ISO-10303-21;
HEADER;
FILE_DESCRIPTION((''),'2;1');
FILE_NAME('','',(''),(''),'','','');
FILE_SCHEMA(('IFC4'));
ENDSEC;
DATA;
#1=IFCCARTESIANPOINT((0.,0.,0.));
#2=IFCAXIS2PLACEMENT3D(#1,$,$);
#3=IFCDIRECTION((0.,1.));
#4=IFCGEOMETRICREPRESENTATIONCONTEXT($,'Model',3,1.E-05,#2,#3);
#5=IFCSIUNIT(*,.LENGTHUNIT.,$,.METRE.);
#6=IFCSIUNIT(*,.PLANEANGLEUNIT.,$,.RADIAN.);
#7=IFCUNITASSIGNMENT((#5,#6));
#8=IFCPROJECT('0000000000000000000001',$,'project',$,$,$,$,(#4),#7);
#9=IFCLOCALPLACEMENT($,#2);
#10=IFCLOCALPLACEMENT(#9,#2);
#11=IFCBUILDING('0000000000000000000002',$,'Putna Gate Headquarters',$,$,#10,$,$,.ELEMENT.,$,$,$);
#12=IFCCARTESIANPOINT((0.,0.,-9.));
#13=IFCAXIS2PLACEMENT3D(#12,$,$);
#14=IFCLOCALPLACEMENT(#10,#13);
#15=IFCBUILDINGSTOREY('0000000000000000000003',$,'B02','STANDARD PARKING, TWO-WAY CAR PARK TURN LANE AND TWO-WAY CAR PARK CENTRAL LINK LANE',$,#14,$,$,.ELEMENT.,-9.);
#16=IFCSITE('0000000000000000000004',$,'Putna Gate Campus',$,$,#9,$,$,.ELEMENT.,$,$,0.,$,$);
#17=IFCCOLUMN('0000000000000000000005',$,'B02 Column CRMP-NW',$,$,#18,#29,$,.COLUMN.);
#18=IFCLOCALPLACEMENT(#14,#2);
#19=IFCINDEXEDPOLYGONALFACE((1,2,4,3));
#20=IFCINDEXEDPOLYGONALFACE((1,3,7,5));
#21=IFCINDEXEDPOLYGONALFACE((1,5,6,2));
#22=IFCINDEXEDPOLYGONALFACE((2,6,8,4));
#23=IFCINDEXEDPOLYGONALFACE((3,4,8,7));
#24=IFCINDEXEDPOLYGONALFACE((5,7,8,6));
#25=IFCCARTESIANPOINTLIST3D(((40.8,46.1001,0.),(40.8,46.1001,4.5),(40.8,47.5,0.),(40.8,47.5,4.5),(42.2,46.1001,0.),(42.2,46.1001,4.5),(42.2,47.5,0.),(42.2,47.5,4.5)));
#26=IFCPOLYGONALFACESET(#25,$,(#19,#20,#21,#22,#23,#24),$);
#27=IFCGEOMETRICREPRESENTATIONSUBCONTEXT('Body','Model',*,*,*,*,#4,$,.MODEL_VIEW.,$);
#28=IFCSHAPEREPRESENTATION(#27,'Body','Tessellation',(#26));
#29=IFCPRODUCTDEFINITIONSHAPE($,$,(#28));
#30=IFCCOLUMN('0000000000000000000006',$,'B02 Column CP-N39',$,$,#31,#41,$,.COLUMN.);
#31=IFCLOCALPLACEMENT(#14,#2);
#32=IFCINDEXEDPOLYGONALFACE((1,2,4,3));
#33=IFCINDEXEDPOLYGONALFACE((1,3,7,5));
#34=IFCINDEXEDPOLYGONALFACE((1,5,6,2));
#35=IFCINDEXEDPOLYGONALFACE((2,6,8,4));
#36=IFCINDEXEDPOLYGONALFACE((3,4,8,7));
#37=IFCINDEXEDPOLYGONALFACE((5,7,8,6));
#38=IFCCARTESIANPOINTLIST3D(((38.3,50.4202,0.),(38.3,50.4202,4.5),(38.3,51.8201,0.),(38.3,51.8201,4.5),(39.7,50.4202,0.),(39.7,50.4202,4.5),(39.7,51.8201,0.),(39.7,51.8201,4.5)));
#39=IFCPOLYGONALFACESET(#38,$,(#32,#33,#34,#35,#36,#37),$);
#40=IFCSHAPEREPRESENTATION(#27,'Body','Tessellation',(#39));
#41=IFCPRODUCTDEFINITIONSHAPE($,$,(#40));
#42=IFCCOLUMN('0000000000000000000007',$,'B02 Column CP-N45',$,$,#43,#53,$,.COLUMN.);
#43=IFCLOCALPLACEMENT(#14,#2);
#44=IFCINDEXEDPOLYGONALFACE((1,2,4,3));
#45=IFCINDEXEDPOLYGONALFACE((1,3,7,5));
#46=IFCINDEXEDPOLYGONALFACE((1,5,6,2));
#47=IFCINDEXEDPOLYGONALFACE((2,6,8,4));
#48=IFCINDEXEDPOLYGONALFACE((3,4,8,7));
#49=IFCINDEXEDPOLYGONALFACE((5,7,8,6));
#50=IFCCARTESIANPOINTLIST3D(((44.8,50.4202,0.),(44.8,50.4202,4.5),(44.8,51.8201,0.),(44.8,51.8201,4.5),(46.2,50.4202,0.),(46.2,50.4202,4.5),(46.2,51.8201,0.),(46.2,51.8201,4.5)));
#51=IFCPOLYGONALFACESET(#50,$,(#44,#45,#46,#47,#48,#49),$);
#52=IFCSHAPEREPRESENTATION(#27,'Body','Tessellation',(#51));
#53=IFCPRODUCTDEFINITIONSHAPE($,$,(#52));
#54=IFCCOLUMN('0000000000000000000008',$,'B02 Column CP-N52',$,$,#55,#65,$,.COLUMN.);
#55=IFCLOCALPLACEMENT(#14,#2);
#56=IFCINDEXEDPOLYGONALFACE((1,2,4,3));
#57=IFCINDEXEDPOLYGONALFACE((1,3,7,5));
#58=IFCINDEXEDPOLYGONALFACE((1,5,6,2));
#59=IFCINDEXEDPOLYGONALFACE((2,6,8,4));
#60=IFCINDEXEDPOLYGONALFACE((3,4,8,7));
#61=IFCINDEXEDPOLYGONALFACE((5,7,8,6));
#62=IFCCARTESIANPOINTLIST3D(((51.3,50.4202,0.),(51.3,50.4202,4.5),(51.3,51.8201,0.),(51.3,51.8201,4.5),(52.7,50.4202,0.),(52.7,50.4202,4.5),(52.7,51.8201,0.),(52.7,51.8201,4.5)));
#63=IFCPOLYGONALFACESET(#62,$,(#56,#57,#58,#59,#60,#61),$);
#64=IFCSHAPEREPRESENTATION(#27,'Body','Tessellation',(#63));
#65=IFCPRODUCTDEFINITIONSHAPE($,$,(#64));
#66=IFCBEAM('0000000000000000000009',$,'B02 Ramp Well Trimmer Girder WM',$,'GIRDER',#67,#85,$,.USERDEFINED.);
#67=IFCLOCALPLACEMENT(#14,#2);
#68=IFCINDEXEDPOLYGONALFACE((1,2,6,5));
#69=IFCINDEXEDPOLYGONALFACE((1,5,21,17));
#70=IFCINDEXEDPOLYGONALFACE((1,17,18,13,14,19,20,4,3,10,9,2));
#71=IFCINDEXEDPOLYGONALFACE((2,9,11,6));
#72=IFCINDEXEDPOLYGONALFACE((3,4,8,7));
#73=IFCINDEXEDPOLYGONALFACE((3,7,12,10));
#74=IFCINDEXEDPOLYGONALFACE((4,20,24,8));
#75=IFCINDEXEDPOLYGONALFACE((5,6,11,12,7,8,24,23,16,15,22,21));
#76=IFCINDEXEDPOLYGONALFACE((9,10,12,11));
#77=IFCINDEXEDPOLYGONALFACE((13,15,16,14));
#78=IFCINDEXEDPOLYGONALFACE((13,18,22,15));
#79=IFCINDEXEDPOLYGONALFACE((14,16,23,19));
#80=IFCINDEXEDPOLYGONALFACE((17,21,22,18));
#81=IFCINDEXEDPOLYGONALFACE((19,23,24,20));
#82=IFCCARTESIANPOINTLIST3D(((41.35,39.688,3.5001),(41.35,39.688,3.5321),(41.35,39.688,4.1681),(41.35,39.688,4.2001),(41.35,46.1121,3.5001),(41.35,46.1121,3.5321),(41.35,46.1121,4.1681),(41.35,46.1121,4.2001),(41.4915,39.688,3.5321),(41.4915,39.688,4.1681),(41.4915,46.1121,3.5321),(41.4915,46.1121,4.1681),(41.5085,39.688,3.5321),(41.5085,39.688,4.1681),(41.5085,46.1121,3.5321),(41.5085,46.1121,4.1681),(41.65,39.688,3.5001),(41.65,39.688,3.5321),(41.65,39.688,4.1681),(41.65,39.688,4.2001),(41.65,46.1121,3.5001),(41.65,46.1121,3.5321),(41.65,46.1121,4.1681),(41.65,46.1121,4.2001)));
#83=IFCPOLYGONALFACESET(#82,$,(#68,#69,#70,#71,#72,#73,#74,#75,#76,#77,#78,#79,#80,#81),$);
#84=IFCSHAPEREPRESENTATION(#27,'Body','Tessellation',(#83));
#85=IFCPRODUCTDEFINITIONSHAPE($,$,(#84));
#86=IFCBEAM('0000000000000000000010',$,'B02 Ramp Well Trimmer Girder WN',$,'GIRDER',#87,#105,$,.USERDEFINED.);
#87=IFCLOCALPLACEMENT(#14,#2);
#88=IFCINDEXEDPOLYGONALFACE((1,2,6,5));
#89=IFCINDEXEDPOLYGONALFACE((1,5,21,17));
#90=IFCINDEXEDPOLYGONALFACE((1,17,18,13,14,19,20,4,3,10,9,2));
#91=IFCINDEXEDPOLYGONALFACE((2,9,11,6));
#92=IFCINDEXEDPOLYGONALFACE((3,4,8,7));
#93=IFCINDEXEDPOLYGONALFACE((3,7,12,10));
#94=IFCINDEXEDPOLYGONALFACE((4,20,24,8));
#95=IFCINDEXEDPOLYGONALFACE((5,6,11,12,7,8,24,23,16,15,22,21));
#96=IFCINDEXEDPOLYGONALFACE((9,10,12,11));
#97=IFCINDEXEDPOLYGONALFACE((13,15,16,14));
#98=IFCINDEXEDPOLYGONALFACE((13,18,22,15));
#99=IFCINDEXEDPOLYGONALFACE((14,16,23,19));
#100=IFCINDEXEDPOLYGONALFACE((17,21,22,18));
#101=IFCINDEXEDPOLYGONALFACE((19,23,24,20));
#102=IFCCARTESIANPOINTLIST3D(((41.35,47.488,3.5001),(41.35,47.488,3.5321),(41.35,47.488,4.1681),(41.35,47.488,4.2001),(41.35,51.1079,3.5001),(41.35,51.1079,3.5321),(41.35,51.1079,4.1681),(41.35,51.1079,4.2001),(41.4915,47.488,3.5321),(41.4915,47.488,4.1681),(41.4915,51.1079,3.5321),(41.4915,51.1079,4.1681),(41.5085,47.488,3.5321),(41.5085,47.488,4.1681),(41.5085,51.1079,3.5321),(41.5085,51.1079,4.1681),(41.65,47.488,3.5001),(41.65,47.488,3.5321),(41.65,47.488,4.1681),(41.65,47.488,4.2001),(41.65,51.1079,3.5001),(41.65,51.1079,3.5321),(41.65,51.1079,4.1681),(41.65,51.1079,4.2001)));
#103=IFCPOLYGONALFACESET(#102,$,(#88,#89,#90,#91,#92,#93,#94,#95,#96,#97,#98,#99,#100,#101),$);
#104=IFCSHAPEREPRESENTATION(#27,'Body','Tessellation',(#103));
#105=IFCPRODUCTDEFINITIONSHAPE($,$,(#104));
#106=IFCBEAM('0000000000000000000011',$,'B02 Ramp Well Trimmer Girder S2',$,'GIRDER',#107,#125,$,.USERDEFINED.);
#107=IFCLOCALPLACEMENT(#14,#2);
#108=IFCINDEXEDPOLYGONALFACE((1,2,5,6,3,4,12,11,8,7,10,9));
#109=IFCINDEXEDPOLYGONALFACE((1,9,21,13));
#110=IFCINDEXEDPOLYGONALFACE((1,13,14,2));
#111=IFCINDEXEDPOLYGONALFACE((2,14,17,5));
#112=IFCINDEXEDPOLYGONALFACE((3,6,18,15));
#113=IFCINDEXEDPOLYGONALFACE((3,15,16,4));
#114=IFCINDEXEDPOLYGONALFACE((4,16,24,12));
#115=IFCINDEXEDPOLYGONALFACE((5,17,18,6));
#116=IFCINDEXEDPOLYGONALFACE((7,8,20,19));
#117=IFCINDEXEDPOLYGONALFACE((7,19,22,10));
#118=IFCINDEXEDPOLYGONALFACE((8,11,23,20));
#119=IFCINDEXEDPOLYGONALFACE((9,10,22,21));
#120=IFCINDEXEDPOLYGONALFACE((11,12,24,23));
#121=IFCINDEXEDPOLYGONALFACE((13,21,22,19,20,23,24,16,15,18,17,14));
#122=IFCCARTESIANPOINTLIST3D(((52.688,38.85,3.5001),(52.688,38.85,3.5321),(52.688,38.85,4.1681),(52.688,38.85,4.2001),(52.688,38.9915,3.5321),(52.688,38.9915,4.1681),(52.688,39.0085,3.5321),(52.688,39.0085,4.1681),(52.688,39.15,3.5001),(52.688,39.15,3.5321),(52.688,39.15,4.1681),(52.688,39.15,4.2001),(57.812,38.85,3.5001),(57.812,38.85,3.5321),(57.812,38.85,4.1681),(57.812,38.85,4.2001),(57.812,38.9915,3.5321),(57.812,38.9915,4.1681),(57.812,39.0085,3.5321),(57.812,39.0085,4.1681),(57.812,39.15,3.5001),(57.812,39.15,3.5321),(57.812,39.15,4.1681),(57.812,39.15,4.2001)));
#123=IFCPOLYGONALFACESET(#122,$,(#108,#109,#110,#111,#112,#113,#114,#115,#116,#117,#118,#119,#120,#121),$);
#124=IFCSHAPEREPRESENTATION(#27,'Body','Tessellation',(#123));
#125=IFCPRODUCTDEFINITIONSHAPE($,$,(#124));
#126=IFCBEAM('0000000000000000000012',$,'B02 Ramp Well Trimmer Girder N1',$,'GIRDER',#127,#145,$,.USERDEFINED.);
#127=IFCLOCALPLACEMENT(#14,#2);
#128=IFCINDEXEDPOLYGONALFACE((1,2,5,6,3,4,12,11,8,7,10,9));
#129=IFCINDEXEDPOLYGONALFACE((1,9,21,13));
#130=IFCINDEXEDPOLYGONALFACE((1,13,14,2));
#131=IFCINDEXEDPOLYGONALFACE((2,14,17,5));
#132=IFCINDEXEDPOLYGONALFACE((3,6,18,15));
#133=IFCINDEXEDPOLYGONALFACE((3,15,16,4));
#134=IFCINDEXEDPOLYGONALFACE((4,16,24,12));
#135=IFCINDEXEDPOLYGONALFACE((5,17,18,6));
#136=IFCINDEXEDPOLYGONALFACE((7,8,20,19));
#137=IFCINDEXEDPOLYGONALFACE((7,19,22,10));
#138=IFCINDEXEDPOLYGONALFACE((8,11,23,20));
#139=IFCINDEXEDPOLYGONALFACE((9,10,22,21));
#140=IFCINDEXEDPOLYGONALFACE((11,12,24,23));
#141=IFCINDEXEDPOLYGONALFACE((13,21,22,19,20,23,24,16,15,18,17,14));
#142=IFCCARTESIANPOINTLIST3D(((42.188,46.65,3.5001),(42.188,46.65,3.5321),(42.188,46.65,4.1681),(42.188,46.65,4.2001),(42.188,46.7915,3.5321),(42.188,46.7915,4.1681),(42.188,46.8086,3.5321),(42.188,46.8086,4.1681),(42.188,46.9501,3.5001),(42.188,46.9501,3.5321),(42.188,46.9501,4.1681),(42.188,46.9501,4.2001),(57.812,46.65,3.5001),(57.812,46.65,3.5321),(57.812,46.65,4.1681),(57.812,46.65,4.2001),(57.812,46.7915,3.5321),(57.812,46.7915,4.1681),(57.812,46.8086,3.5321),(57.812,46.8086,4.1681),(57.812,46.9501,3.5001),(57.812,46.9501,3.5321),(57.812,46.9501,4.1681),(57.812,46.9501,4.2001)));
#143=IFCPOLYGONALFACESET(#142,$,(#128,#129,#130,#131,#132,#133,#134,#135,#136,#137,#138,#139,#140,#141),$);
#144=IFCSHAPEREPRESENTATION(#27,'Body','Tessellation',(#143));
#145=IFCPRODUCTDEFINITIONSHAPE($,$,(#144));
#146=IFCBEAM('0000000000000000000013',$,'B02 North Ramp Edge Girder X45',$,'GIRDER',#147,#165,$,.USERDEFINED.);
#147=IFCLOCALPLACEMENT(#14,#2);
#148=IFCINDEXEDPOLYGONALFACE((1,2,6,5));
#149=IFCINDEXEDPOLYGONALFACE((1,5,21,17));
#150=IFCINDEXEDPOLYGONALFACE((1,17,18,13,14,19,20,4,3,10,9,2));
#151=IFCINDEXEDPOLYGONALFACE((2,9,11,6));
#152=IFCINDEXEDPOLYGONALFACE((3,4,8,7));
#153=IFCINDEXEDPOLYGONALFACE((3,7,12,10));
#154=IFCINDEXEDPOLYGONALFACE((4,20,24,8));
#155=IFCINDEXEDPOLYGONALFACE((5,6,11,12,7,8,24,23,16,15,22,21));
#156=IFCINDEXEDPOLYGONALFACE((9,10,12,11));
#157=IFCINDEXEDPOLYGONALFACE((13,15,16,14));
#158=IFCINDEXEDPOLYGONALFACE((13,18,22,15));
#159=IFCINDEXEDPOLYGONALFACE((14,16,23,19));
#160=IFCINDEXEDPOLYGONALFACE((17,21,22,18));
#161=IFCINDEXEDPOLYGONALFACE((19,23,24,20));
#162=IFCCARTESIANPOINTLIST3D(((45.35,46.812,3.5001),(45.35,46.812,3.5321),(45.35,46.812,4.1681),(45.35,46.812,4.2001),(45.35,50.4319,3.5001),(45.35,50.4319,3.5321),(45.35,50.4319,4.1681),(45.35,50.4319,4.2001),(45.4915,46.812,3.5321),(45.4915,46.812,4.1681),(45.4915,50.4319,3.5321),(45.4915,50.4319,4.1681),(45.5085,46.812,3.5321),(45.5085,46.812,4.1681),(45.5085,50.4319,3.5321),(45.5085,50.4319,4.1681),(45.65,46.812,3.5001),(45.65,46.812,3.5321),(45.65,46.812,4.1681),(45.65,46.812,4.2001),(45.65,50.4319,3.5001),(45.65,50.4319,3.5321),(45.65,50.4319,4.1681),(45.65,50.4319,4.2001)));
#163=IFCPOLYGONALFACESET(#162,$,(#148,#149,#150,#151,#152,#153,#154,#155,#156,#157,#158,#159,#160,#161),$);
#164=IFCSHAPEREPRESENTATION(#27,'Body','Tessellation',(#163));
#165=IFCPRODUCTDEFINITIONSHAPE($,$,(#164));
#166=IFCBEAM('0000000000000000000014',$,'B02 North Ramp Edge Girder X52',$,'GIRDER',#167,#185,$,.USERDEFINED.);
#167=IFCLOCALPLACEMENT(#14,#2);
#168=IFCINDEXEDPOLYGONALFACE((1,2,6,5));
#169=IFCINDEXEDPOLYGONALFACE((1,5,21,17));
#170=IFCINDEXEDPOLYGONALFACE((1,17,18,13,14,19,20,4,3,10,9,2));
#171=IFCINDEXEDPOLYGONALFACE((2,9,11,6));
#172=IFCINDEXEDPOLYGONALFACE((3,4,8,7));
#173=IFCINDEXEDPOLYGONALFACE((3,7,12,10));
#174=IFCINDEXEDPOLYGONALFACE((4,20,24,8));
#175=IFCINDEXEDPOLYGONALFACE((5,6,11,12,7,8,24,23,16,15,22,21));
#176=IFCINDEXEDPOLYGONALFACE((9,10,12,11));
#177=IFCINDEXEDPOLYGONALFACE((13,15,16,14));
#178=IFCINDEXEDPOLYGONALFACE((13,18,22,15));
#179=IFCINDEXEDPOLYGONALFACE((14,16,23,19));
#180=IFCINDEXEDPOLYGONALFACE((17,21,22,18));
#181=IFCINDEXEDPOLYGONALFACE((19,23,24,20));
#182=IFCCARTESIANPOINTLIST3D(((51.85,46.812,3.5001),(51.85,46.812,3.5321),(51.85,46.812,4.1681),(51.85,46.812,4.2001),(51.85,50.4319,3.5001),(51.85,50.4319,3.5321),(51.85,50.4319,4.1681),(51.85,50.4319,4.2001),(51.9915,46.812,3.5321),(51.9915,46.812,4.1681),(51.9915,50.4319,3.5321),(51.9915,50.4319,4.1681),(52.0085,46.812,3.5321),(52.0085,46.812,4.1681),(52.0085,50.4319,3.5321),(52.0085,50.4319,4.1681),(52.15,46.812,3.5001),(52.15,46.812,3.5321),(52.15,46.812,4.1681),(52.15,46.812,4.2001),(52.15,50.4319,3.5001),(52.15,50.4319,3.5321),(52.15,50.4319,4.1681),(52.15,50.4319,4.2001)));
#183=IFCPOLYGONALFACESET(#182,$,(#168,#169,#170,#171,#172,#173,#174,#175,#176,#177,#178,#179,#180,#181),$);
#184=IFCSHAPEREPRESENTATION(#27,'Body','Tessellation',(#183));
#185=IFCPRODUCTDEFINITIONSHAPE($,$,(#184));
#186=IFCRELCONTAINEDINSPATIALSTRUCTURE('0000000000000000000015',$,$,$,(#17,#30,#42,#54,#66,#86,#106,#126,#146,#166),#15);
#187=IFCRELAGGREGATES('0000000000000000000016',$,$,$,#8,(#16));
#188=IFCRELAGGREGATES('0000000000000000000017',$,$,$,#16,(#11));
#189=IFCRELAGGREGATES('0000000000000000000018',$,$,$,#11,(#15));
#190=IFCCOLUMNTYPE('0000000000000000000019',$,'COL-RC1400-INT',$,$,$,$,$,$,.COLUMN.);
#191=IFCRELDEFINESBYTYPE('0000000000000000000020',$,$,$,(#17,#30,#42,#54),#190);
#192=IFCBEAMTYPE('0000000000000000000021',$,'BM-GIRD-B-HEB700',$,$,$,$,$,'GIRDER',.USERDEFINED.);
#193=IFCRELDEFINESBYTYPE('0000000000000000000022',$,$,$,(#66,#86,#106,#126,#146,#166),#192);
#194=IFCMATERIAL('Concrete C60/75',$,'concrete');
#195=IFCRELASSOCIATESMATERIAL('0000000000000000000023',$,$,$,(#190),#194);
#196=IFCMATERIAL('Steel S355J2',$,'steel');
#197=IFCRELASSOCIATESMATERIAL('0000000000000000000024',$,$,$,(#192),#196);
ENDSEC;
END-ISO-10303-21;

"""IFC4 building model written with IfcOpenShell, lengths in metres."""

from ifc_helpers import new_model, si_unit, direction, frame, origin, origin_2d, place, context, subcontext, project, spatial, rectangle, i_section, extrude, material, material_profile, profile_set, type_object, element, save


model = new_model("IFC4")

# Units and contexts
model_context = context("Model", 3, precision=1e-05, world=origin(), true_north=direction((0.0, 1.0)))
body_context = subcontext(model_context, "Body", "Model", "MODEL_VIEW")
ifc_project = project(units=[si_unit("LENGTHUNIT", "METRE"), si_unit("PLANEANGLEUNIT", "RADIAN")], contexts=[model_context])

# Site, building, storey
site_placement = place(None, origin())
site = spatial("IfcSite", under=ifc_project, at=site_placement, Name="Putna Gate Campus", CompositionType="ELEMENT", RefElevation=0.0)
building_placement = place(site_placement, origin())
building = spatial("IfcBuilding", under=site, at=building_placement, Name="Putna Gate Headquarters", CompositionType="ELEMENT")
storey_placement = place(building_placement, frame((0.0, 0.0, -9.0)))
storey = spatial("IfcBuildingStorey", under=building, at=storey_placement, Name="B02", Description="STANDARD PARKING, TWO-WAY CAR PARK TURN LANE AND TWO-WAY CAR PARK CENTRAL LINK LANE", CompositionType="ELEMENT", Elevation=-9.0)

# Columns
ifc_material_1 = material(Name="Concrete C60/75", Category="concrete")
ifc_material_profile_1 = material_profile(ifc_material_1, rectangle(XDim=1.3999, YDim=1.3999, at=origin_2d()), Name="Concrete C60/75")
ifc_profile_set_1 = profile_set([ifc_material_profile_1], Name="Concrete C60/75")
column_type = type_object("IfcColumnType", Name="COL-RC1400-INT", PredefinedType="COLUMN", material=ifc_profile_set_1)
for number, where, z_axis, x_axis, name in (
    (1, (41.5, 46.8, 0.0), (0.0, 0.0, 1.0), (1.0, 0.0, 0.0), "B02 Column CRMP-NW"),
    (2, (39.0, 51.1201, 0.0), (0.0, 0.0, 1.0), (1.0, 0.0, 0.0), "B02 Column CP-N39"),
    (3, (45.5, 51.1201, 0.0), (0.0, 0.0, 1.0), (1.0, 0.0, 0.0), "B02 Column CP-N45"),
    (4, (52.0, 51.1201, 0.0), (0.0, 0.0, 1.0), (1.0, 0.0, 0.0), "B02 Column CP-N52"),
):
    element("IfcColumn", number, at=place(storey_placement, frame(where, z_axis=z_axis, x_axis=x_axis)), inside=storey, type_object=column_type, Name=name, PredefinedType="COLUMN", context=body_context, shape_type="SweptSolid", body=[
        extrude(rectangle(XDim=1.3999, YDim=1.3999, at=origin_2d()), origin(), (0.0, 0.0, 1.0), 4.5),
    ])

# Beams
ifc_material_2 = material(Name="Steel S355J2", Category="steel")
ifc_material_profile_2 = material_profile(ifc_material_2, i_section(OverallWidth=0.3, OverallDepth=0.7, WebThickness=0.0171, FlangeThickness=0.032, at=origin_2d()), Name="Steel S355J2")
ifc_profile_set_2 = profile_set([ifc_material_profile_2], Name="Steel S355J2")
beam_type_1 = type_object("IfcBeamType", Name="BM-GIRD-B-HEB700", ElementType="GIRDER", PredefinedType="USERDEFINED", material=ifc_profile_set_2)
beam_1_placement = place(storey_placement, frame((41.5, 39.688, 3.8501), z_axis=(0.0, 1.0, 0.0), x_axis=(-1.0, 0.0, 0.0)))
element("IfcBeam", 5, at=beam_1_placement, inside=storey, type_object=beam_type_1, Name="B02 Ramp Well Trimmer Girder WM", ObjectType="GIRDER", PredefinedType="USERDEFINED", context=body_context, shape_type="SweptSolid", body=[
    extrude(i_section(OverallWidth=0.3, OverallDepth=0.7, WebThickness=0.0171, FlangeThickness=0.032, at=origin_2d()), origin(), (0.0, 0.0, 1.0), 6.4241),
])
beam_2_placement = place(storey_placement, frame((41.5, 47.488, 3.8501), z_axis=(0.0, 1.0, 0.0), x_axis=(-1.0, 0.0, 0.0)))
element("IfcBeam", 6, at=beam_2_placement, inside=storey, type_object=beam_type_1, Name="B02 Ramp Well Trimmer Girder WN", ObjectType="GIRDER", PredefinedType="USERDEFINED", context=body_context, shape_type="SweptSolid", body=[
    extrude(i_section(OverallWidth=0.3, OverallDepth=0.7, WebThickness=0.0171, FlangeThickness=0.032, at=origin_2d()), origin(), (0.0, 0.0, 1.0), 3.6199),
])
beam_3_placement = place(storey_placement, frame((52.688, 39.0, 3.8501), z_axis=(1.0, 0.0, 0.0), x_axis=(0.0, 1.0, 0.0)))
element("IfcBeam", 7, at=beam_3_placement, inside=storey, type_object=beam_type_1, Name="B02 Ramp Well Trimmer Girder S2", ObjectType="GIRDER", PredefinedType="USERDEFINED", context=body_context, shape_type="SweptSolid", body=[
    extrude(i_section(OverallWidth=0.3, OverallDepth=0.7, WebThickness=0.0171, FlangeThickness=0.032, at=origin_2d()), origin(), (0.0, 0.0, 1.0), 5.124),
])
beam_4_placement = place(storey_placement, frame((42.188, 46.8, 3.8501), z_axis=(1.0, 0.0, 0.0), x_axis=(0.0, 1.0, 0.0)))
element("IfcBeam", 8, at=beam_4_placement, inside=storey, type_object=beam_type_1, Name="B02 Ramp Well Trimmer Girder N1", ObjectType="GIRDER", PredefinedType="USERDEFINED", context=body_context, shape_type="SweptSolid", body=[
    extrude(i_section(OverallWidth=0.3, OverallDepth=0.7, WebThickness=0.0171, FlangeThickness=0.032, at=origin_2d()), origin(), (0.0, 0.0, 1.0), 15.624),
])
for number, where, z_axis, x_axis, name in (
    (9, (45.5, 46.812, 3.8501), (0.0, 1.0, 0.0), (-1.0, 0.0, 0.0), "B02 North Ramp Edge Girder X45"),
    (10, (52.0, 46.812, 3.8501), (0.0, 1.0, 0.0), (-1.0, 0.0, 0.0), "B02 North Ramp Edge Girder X52"),
):
    element("IfcBeam", number, at=place(storey_placement, frame(where, z_axis=z_axis, x_axis=x_axis)), inside=storey, type_object=beam_type_1, Name=name, ObjectType="GIRDER", PredefinedType="USERDEFINED", context=body_context, shape_type="SweptSolid", body=[
        extrude(i_section(OverallWidth=0.3, OverallDepth=0.7, WebThickness=0.0171, FlangeThickness=0.032, at=origin_2d()), origin(), (0.0, 0.0, 1.0), 3.6199),
    ])

save(model, "model.ifc")
